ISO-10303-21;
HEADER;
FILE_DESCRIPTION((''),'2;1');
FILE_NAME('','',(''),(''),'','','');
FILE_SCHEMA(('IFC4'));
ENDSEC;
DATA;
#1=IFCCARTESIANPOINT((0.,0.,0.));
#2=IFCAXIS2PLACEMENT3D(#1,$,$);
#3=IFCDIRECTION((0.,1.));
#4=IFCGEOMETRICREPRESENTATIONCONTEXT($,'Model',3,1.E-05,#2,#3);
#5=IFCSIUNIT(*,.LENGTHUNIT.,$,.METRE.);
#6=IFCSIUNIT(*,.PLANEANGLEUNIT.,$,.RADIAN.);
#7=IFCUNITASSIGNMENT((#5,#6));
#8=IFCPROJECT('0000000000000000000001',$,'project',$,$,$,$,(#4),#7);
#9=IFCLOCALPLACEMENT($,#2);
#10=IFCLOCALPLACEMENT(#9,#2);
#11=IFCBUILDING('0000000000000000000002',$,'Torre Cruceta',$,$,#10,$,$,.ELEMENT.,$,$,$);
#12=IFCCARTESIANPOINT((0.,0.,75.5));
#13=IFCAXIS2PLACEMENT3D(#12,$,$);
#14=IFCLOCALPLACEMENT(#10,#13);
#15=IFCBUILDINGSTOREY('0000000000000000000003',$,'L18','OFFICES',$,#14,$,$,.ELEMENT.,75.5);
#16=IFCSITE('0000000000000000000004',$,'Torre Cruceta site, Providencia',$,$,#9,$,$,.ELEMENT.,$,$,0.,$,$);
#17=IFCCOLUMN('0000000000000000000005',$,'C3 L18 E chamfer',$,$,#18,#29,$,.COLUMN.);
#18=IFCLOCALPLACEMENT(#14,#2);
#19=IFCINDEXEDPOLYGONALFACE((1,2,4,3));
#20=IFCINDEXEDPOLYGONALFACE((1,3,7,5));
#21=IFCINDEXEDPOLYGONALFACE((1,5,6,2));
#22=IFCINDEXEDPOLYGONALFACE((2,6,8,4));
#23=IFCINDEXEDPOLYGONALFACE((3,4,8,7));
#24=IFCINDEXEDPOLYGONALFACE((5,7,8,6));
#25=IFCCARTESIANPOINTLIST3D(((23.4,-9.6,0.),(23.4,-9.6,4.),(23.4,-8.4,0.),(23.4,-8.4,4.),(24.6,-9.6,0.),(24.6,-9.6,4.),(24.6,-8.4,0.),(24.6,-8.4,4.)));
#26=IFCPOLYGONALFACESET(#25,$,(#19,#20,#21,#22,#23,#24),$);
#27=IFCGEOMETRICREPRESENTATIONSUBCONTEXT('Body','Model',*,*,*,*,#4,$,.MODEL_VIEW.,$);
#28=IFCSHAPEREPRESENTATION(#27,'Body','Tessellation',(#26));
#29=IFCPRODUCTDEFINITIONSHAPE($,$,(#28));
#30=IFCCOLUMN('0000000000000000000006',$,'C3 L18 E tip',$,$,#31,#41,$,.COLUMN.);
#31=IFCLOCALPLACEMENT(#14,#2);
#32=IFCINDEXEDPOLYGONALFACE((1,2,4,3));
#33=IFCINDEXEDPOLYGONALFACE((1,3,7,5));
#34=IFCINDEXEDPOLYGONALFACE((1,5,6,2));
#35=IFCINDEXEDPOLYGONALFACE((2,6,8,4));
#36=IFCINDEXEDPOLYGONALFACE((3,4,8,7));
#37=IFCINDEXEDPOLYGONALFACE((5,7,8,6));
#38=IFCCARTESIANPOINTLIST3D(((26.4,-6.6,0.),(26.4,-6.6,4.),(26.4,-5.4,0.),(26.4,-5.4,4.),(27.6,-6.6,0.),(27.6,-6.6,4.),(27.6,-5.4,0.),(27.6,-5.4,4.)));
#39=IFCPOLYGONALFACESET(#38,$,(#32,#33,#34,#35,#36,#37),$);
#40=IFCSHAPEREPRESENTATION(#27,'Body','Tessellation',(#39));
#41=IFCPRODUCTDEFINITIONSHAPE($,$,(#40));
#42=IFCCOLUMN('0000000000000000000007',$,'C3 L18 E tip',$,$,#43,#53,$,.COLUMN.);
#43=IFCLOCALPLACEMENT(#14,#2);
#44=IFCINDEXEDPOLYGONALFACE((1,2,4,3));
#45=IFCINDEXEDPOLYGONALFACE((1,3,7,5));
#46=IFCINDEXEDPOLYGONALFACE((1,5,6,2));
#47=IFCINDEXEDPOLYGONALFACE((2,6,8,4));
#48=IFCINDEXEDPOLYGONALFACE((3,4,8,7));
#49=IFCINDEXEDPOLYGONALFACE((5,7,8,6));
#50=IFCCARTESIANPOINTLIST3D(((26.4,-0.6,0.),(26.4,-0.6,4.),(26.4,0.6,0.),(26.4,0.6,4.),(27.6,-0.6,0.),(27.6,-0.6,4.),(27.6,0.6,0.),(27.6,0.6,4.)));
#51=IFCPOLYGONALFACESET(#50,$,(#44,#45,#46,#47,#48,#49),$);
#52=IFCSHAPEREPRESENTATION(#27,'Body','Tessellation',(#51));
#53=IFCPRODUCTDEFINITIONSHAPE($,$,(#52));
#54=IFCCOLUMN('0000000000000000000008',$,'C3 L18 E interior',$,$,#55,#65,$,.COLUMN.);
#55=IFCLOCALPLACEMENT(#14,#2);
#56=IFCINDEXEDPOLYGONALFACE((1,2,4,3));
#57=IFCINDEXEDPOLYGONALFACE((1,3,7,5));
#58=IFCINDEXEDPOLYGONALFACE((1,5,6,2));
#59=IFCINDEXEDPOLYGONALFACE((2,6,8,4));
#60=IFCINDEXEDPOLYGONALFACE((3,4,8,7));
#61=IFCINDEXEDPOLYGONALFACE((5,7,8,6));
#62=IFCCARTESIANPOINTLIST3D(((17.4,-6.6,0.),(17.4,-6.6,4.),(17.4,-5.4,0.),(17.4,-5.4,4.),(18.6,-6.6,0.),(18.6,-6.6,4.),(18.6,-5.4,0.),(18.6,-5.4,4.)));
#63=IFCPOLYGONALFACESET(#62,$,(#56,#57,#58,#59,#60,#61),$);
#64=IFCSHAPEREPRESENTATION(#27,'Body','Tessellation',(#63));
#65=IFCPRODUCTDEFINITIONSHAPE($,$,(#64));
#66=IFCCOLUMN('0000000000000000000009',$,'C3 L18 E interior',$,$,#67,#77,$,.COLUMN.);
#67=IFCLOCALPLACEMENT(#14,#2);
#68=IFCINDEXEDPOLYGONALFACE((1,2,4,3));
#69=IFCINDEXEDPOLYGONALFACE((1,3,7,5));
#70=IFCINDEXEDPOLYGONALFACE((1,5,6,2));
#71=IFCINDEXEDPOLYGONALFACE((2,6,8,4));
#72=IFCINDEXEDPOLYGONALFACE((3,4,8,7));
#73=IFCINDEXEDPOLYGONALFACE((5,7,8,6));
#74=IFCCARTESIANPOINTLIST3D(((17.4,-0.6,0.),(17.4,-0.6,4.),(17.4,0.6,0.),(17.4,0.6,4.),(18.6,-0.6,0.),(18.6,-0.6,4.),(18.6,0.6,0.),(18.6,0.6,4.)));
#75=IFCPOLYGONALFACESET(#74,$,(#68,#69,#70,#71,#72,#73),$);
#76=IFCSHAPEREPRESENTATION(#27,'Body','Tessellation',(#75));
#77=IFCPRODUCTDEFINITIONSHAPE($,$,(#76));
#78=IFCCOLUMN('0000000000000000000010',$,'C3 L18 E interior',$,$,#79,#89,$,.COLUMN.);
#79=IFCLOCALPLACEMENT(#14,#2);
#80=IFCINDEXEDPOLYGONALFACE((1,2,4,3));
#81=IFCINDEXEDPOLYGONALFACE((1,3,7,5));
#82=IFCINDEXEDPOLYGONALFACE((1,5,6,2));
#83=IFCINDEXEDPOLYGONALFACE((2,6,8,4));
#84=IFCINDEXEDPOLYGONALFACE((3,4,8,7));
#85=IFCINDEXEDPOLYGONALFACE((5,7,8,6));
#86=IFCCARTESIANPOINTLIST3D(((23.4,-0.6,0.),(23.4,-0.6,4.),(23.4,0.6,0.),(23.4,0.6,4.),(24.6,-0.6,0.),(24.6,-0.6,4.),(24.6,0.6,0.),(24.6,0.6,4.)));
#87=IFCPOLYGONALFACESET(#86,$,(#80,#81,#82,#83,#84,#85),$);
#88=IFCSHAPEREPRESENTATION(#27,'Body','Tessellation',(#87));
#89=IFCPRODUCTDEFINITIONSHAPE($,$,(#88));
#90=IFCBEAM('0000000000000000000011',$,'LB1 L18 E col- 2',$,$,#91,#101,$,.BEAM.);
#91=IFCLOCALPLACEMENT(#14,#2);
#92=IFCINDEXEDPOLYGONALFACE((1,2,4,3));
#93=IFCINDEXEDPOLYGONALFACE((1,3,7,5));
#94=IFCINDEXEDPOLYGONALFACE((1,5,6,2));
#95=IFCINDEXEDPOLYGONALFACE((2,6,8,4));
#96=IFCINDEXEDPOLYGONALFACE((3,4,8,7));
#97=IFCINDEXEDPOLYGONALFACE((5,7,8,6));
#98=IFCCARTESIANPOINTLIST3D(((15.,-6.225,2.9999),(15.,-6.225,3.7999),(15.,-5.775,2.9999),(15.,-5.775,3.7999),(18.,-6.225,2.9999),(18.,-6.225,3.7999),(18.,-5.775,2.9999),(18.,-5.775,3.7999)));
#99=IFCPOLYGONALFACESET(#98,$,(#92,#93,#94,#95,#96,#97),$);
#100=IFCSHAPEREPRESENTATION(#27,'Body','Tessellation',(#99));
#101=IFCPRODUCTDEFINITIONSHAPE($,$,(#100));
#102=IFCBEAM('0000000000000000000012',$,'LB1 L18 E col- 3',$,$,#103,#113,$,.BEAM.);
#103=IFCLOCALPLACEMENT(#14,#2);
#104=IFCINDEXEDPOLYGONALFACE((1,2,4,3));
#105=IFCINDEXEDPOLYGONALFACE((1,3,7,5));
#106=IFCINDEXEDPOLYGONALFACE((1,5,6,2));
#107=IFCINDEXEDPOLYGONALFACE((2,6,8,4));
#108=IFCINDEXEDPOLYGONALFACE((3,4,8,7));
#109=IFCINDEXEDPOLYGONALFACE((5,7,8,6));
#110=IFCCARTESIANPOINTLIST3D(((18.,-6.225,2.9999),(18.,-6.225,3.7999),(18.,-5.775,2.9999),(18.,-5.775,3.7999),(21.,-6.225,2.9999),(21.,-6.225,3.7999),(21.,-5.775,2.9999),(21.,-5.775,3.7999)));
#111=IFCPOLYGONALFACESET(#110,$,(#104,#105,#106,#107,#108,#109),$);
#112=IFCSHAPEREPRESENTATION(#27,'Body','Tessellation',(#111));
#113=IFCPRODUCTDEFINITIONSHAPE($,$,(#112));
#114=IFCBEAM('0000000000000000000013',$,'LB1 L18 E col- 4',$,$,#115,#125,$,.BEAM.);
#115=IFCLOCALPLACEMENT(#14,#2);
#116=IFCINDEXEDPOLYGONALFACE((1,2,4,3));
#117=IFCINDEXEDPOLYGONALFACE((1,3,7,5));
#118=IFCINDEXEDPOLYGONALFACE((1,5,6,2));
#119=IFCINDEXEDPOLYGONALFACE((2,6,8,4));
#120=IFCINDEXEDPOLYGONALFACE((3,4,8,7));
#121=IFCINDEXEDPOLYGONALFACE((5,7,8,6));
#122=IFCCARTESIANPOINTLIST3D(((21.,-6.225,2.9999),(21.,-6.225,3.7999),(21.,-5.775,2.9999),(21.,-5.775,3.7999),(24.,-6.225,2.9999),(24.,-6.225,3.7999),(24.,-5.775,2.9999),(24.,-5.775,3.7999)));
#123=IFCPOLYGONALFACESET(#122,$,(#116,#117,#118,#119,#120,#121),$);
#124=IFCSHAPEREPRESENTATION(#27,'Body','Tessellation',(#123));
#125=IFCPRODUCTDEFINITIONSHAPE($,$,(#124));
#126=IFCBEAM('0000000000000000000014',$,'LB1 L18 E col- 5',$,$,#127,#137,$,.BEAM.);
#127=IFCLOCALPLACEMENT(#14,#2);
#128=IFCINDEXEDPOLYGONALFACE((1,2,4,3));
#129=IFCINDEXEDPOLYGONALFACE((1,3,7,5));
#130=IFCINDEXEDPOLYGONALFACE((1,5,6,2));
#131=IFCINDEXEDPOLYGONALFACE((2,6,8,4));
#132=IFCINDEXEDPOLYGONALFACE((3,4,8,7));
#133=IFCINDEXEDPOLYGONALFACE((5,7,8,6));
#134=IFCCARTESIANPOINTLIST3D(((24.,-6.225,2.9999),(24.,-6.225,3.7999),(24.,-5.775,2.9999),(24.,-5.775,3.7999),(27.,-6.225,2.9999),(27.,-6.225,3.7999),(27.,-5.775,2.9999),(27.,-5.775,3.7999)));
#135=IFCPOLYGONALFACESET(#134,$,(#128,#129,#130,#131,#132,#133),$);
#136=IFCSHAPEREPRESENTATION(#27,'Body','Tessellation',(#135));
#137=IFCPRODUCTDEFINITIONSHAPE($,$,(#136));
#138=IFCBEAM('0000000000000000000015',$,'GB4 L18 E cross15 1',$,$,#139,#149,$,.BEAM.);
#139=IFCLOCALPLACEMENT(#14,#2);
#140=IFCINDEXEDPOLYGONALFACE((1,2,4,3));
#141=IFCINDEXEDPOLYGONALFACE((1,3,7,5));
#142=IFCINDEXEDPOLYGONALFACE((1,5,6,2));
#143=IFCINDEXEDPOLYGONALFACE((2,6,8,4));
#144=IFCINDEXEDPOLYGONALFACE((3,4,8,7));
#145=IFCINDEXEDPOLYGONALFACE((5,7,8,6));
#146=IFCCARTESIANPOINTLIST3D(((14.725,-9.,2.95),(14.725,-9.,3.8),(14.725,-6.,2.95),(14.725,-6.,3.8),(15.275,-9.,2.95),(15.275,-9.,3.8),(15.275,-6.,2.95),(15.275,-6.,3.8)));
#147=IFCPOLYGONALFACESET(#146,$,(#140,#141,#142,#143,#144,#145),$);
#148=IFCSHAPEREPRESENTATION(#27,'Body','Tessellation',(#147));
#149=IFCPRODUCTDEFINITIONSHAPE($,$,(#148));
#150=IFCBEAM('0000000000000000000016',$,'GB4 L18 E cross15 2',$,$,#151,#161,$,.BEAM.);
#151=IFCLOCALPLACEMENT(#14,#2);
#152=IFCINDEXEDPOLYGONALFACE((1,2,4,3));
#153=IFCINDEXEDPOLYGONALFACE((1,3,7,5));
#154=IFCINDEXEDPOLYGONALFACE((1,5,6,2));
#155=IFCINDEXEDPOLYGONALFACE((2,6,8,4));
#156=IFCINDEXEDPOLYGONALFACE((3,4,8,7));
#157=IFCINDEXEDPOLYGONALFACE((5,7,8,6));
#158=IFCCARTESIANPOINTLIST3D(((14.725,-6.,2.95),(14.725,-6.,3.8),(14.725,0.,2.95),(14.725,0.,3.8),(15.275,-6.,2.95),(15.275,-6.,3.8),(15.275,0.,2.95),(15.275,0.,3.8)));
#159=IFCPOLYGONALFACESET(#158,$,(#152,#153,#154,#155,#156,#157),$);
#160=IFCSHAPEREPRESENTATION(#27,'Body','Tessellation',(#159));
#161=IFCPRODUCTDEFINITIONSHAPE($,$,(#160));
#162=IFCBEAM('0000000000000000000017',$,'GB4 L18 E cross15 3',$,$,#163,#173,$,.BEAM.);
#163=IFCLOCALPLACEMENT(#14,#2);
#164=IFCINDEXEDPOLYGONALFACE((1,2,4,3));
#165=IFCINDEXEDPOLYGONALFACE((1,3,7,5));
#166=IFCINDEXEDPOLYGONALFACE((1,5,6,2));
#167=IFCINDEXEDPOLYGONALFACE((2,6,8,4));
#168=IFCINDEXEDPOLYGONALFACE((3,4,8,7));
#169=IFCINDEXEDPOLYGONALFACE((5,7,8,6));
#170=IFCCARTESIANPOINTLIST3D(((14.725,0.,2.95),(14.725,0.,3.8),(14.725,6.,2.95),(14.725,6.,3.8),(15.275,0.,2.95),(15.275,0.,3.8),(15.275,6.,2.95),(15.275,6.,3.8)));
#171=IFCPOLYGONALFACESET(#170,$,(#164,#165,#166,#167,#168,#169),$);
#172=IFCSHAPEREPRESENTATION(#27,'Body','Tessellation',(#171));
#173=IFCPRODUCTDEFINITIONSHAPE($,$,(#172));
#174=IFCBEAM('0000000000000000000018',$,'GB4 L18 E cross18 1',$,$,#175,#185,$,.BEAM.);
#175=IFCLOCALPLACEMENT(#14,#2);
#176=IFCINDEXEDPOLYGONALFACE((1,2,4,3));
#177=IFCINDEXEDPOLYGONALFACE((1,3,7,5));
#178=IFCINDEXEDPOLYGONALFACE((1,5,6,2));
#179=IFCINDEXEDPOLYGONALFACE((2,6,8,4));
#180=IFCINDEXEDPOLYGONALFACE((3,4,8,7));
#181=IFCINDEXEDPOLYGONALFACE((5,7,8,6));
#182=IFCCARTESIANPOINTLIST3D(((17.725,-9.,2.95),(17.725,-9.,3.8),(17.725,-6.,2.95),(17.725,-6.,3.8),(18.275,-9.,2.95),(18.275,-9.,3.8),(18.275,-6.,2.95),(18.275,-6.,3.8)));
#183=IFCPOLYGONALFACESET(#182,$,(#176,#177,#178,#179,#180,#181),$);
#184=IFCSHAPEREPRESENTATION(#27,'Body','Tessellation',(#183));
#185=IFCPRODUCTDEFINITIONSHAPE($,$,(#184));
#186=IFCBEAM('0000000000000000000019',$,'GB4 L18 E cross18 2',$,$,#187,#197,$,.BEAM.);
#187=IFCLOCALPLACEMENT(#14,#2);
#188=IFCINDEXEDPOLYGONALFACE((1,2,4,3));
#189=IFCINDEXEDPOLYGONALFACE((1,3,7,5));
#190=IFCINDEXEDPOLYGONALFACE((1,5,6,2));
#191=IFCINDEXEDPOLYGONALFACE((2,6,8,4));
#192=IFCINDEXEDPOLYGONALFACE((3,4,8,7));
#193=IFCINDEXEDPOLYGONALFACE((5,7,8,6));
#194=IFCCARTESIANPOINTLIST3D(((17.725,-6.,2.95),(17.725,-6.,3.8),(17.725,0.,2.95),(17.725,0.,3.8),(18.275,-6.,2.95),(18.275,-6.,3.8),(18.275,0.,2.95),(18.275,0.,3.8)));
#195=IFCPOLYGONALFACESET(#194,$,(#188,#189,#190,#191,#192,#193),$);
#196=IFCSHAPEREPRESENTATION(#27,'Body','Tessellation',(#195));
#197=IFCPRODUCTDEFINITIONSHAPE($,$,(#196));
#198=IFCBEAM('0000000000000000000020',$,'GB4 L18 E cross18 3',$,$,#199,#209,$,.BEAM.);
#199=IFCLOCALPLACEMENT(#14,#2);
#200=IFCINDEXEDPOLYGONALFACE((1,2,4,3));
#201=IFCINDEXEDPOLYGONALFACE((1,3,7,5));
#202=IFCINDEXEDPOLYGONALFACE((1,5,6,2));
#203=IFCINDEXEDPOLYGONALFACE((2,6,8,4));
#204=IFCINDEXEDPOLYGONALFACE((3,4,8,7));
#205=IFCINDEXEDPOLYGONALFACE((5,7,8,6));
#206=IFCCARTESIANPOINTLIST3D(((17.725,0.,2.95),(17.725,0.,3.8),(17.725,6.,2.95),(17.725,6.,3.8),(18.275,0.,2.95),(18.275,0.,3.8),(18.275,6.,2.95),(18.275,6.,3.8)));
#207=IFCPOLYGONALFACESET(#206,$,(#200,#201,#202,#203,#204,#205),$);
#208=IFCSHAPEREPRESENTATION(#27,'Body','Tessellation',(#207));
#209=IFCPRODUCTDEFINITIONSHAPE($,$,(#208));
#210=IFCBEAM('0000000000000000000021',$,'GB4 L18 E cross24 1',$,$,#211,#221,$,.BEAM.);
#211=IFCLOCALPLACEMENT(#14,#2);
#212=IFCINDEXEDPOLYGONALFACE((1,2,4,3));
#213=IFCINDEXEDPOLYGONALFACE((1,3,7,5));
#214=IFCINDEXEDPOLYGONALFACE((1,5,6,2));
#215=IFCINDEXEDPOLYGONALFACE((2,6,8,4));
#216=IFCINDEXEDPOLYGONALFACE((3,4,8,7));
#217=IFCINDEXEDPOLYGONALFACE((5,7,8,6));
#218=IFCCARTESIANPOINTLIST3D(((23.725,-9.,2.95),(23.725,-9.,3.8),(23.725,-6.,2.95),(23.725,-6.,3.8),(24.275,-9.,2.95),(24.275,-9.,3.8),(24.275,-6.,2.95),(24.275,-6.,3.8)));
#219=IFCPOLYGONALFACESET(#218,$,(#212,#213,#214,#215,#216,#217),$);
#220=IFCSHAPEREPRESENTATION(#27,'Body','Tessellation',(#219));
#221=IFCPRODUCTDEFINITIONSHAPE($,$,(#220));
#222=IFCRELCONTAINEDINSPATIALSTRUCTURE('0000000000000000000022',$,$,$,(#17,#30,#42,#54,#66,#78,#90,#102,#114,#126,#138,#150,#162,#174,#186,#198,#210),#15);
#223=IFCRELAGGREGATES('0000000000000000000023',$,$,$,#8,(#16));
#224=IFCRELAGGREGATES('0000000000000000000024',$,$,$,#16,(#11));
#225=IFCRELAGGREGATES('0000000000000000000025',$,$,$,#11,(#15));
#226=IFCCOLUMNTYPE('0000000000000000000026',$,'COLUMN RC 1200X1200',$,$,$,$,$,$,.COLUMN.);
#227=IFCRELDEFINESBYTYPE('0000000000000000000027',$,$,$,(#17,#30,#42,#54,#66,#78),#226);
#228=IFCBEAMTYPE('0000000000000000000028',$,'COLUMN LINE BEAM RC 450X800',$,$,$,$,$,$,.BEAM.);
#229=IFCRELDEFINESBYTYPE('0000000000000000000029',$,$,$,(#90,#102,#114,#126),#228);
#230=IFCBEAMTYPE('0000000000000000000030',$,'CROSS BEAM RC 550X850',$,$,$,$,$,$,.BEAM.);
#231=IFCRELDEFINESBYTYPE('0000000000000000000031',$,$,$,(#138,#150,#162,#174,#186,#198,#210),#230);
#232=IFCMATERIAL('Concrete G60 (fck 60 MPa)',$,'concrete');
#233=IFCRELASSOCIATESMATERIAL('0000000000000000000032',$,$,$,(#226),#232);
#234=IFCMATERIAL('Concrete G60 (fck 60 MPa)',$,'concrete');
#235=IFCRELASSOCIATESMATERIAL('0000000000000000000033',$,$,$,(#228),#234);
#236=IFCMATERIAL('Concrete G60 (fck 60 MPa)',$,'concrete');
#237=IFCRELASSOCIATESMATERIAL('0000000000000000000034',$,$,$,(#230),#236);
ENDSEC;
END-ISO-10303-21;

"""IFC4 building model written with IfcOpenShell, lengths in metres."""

from ifc_helpers import new_model, si_unit, direction, frame, origin, origin_2d, place, context, subcontext, project, spatial, rectangle, extrude, material, material_profile, profile_set, type_object, element, save


model = new_model("IFC4")

# Units and contexts
model_context = context("Model", 3, precision=1e-05, world=origin(), true_north=direction((0.0, 1.0)))
body_context = subcontext(model_context, "Body", "Model", "MODEL_VIEW")
ifc_project = project(units=[si_unit("LENGTHUNIT", "METRE"), si_unit("PLANEANGLEUNIT", "RADIAN")], contexts=[model_context])

# Site, building, storey
site_placement = place(None, origin())
site = spatial("IfcSite", under=ifc_project, at=site_placement, Name="Torre Cruceta site, Providencia", CompositionType="ELEMENT", RefElevation=0.0)
building_placement = place(site_placement, origin())
building = spatial("IfcBuilding", under=site, at=building_placement, Name="Torre Cruceta", CompositionType="ELEMENT")
storey_placement = place(building_placement, frame((0.0, 0.0, 75.5)))
storey = spatial("IfcBuildingStorey", under=building, at=storey_placement, Name="L18", Description="OFFICES", CompositionType="ELEMENT", Elevation=75.5)

# Columns
ifc_material_1 = material(Name="Concrete G60 (fck 60 MPa)", Category="concrete")
ifc_material_profile_1 = material_profile(ifc_material_1, rectangle(XDim=1.2, YDim=1.2, at=origin_2d()), Name="RC 1200X1200")
ifc_profile_set_1 = profile_set([ifc_material_profile_1], Name="Concrete G60 (fck 60 MPa)")
column_type = type_object("IfcColumnType", Name="COLUMN RC 1200X1200", PredefinedType="COLUMN", material=ifc_profile_set_1)
for number, where, z_axis, x_axis, name in (
    (1, (24.0, -9.0, 0.0), (0.0, 0.0, 1.0), (1.0, 0.0, 0.0), "C3 L18 E chamfer"),
    (2, (27.0, -6.0, 0.0), (0.0, 0.0, 1.0), (1.0, 0.0, 0.0), "C3 L18 E tip"),
    (3, (27.0, 0.0, 0.0), (0.0, 0.0, 1.0), (1.0, 0.0, 0.0), "C3 L18 E tip"),
    (4, (18.0, -6.0, 0.0), (0.0, 0.0, 1.0), (1.0, 0.0, 0.0), "C3 L18 E interior"),
    (5, (18.0, 0.0, 0.0), (0.0, 0.0, 1.0), (1.0, 0.0, 0.0), "C3 L18 E interior"),
    (6, (24.0, 0.0, 0.0), (0.0, 0.0, 1.0), (1.0, 0.0, 0.0), "C3 L18 E interior"),
):
    element("IfcColumn", number, at=place(storey_placement, frame(where, z_axis=z_axis, x_axis=x_axis)), inside=storey, type_object=column_type, Name=name, PredefinedType="COLUMN", context=body_context, shape_type="SweptSolid", body=[
        extrude(rectangle(XDim=1.2, YDim=1.2, at=origin_2d()), origin(), (0.0, 0.0, 1.0), 4.0),
    ])

# Beams
ifc_material_2 = material(Name="Concrete G60 (fck 60 MPa)", Category="concrete")
ifc_material_profile_2 = material_profile(ifc_material_2, rectangle(XDim=0.45, YDim=0.8, at=origin_2d()), Name="RC 450X800")
ifc_profile_set_2 = profile_set([ifc_material_profile_2], Name="Concrete G60 (fck 60 MPa)")
beam_type_1 = type_object("IfcBeamType", Name="COLUMN LINE BEAM RC 450X800", PredefinedType="BEAM", material=ifc_profile_set_2)
for number, where, z_axis, x_axis, name in (
    (7, (15.0, -6.0, 3.3999), (1.0, 0.0, 0.0), (0.0, 1.0, 0.0), "LB1 L18 E col- 2"),
    (8, (18.0, -6.0, 3.3999), (1.0, 0.0, 0.0), (0.0, 1.0, 0.0), "LB1 L18 E col- 3"),
    (9, (21.0, -6.0, 3.3999), (1.0, 0.0, 0.0), (0.0, 1.0, 0.0), "LB1 L18 E col- 4"),
    (10, (24.0, -6.0, 3.3999), (1.0, 0.0, 0.0), (0.0, 1.0, 0.0), "LB1 L18 E col- 5"),
):
    element("IfcBeam", number, at=place(storey_placement, frame(where, z_axis=z_axis, x_axis=x_axis)), inside=storey, type_object=beam_type_1, Name=name, PredefinedType="BEAM", context=body_context, shape_type="SweptSolid", body=[
        extrude(rectangle(XDim=0.45, YDim=0.8, at=origin_2d()), origin(), (0.0, 0.0, 1.0), 3.0),
    ])
ifc_material_3 = material(Name="Concrete G60 (fck 60 MPa)", Category="concrete")
ifc_material_profile_3 = material_profile(ifc_material_3, rectangle(XDim=0.55, YDim=0.8501, at=origin_2d()), Name="RC 550X850")
ifc_profile_set_3 = profile_set([ifc_material_profile_3], Name="Concrete G60 (fck 60 MPa)")
beam_type_2 = type_object("IfcBeamType", Name="CROSS BEAM RC 550X850", PredefinedType="BEAM", material=ifc_profile_set_3)
beam_1_placement = place(storey_placement, frame((15.0, -9.0, 3.375), z_axis=(0.0, 1.0, 0.0), x_axis=(-1.0, 0.0, 0.0)))
element("IfcBeam", 11, at=beam_1_placement, inside=storey, type_object=beam_type_2, Name="GB4 L18 E cross15 1", PredefinedType="BEAM", context=body_context, shape_type="SweptSolid", body=[
    extrude(rectangle(XDim=0.55, YDim=0.8501, at=origin_2d()), origin(), (0.0, 0.0, 1.0), 3.0),
])
for number, where, z_axis, x_axis, name in (
    (12, (15.0, -6.0, 3.375), (0.0, 1.0, 0.0), (-1.0, 0.0, 0.0), "GB4 L18 E cross15 2"),
    (13, (15.0, 0.0, 3.375), (0.0, 1.0, 0.0), (-1.0, 0.0, 0.0), "GB4 L18 E cross15 3"),
):
    element("IfcBeam", number, at=place(storey_placement, frame(where, z_axis=z_axis, x_axis=x_axis)), inside=storey, type_object=beam_type_2, Name=name, PredefinedType="BEAM", context=body_context, shape_type="SweptSolid", body=[
        extrude(rectangle(XDim=0.55, YDim=0.8501, at=origin_2d()), origin(), (0.0, 0.0, 1.0), 6.0),
    ])
beam_2_placement = place(storey_placement, frame((18.0, -9.0, 3.375), z_axis=(0.0, 1.0, 0.0), x_axis=(-1.0, 0.0, 0.0)))
element("IfcBeam", 14, at=beam_2_placement, inside=storey, type_object=beam_type_2, Name="GB4 L18 E cross18 1", PredefinedType="BEAM", context=body_context, shape_type="SweptSolid", body=[
    extrude(rectangle(XDim=0.55, YDim=0.8501, at=origin_2d()), origin(), (0.0, 0.0, 1.0), 3.0),
])
for number, where, z_axis, x_axis, name in (
    (15, (18.0, -6.0, 3.375), (0.0, 1.0, 0.0), (-1.0, 0.0, 0.0), "GB4 L18 E cross18 2"),
    (16, (18.0, 0.0, 3.375), (0.0, 1.0, 0.0), (-1.0, 0.0, 0.0), "GB4 L18 E cross18 3"),
):
    element("IfcBeam", number, at=place(storey_placement, frame(where, z_axis=z_axis, x_axis=x_axis)), inside=storey, type_object=beam_type_2, Name=name, PredefinedType="BEAM", context=body_context, shape_type="SweptSolid", body=[
        extrude(rectangle(XDim=0.55, YDim=0.8501, at=origin_2d()), origin(), (0.0, 0.0, 1.0), 6.0),
    ])
beam_3_placement = place(storey_placement, frame((24.0, -9.0, 3.375), z_axis=(0.0, 1.0, 0.0), x_axis=(-1.0, 0.0, 0.0)))
element("IfcBeam", 17, at=beam_3_placement, inside=storey, type_object=beam_type_2, Name="GB4 L18 E cross24 1", PredefinedType="BEAM", context=body_context, shape_type="SweptSolid", body=[
    extrude(rectangle(XDim=0.55, YDim=0.8501, at=origin_2d()), origin(), (0.0, 0.0, 1.0), 3.0),
])

save(model, "model.ifc")
